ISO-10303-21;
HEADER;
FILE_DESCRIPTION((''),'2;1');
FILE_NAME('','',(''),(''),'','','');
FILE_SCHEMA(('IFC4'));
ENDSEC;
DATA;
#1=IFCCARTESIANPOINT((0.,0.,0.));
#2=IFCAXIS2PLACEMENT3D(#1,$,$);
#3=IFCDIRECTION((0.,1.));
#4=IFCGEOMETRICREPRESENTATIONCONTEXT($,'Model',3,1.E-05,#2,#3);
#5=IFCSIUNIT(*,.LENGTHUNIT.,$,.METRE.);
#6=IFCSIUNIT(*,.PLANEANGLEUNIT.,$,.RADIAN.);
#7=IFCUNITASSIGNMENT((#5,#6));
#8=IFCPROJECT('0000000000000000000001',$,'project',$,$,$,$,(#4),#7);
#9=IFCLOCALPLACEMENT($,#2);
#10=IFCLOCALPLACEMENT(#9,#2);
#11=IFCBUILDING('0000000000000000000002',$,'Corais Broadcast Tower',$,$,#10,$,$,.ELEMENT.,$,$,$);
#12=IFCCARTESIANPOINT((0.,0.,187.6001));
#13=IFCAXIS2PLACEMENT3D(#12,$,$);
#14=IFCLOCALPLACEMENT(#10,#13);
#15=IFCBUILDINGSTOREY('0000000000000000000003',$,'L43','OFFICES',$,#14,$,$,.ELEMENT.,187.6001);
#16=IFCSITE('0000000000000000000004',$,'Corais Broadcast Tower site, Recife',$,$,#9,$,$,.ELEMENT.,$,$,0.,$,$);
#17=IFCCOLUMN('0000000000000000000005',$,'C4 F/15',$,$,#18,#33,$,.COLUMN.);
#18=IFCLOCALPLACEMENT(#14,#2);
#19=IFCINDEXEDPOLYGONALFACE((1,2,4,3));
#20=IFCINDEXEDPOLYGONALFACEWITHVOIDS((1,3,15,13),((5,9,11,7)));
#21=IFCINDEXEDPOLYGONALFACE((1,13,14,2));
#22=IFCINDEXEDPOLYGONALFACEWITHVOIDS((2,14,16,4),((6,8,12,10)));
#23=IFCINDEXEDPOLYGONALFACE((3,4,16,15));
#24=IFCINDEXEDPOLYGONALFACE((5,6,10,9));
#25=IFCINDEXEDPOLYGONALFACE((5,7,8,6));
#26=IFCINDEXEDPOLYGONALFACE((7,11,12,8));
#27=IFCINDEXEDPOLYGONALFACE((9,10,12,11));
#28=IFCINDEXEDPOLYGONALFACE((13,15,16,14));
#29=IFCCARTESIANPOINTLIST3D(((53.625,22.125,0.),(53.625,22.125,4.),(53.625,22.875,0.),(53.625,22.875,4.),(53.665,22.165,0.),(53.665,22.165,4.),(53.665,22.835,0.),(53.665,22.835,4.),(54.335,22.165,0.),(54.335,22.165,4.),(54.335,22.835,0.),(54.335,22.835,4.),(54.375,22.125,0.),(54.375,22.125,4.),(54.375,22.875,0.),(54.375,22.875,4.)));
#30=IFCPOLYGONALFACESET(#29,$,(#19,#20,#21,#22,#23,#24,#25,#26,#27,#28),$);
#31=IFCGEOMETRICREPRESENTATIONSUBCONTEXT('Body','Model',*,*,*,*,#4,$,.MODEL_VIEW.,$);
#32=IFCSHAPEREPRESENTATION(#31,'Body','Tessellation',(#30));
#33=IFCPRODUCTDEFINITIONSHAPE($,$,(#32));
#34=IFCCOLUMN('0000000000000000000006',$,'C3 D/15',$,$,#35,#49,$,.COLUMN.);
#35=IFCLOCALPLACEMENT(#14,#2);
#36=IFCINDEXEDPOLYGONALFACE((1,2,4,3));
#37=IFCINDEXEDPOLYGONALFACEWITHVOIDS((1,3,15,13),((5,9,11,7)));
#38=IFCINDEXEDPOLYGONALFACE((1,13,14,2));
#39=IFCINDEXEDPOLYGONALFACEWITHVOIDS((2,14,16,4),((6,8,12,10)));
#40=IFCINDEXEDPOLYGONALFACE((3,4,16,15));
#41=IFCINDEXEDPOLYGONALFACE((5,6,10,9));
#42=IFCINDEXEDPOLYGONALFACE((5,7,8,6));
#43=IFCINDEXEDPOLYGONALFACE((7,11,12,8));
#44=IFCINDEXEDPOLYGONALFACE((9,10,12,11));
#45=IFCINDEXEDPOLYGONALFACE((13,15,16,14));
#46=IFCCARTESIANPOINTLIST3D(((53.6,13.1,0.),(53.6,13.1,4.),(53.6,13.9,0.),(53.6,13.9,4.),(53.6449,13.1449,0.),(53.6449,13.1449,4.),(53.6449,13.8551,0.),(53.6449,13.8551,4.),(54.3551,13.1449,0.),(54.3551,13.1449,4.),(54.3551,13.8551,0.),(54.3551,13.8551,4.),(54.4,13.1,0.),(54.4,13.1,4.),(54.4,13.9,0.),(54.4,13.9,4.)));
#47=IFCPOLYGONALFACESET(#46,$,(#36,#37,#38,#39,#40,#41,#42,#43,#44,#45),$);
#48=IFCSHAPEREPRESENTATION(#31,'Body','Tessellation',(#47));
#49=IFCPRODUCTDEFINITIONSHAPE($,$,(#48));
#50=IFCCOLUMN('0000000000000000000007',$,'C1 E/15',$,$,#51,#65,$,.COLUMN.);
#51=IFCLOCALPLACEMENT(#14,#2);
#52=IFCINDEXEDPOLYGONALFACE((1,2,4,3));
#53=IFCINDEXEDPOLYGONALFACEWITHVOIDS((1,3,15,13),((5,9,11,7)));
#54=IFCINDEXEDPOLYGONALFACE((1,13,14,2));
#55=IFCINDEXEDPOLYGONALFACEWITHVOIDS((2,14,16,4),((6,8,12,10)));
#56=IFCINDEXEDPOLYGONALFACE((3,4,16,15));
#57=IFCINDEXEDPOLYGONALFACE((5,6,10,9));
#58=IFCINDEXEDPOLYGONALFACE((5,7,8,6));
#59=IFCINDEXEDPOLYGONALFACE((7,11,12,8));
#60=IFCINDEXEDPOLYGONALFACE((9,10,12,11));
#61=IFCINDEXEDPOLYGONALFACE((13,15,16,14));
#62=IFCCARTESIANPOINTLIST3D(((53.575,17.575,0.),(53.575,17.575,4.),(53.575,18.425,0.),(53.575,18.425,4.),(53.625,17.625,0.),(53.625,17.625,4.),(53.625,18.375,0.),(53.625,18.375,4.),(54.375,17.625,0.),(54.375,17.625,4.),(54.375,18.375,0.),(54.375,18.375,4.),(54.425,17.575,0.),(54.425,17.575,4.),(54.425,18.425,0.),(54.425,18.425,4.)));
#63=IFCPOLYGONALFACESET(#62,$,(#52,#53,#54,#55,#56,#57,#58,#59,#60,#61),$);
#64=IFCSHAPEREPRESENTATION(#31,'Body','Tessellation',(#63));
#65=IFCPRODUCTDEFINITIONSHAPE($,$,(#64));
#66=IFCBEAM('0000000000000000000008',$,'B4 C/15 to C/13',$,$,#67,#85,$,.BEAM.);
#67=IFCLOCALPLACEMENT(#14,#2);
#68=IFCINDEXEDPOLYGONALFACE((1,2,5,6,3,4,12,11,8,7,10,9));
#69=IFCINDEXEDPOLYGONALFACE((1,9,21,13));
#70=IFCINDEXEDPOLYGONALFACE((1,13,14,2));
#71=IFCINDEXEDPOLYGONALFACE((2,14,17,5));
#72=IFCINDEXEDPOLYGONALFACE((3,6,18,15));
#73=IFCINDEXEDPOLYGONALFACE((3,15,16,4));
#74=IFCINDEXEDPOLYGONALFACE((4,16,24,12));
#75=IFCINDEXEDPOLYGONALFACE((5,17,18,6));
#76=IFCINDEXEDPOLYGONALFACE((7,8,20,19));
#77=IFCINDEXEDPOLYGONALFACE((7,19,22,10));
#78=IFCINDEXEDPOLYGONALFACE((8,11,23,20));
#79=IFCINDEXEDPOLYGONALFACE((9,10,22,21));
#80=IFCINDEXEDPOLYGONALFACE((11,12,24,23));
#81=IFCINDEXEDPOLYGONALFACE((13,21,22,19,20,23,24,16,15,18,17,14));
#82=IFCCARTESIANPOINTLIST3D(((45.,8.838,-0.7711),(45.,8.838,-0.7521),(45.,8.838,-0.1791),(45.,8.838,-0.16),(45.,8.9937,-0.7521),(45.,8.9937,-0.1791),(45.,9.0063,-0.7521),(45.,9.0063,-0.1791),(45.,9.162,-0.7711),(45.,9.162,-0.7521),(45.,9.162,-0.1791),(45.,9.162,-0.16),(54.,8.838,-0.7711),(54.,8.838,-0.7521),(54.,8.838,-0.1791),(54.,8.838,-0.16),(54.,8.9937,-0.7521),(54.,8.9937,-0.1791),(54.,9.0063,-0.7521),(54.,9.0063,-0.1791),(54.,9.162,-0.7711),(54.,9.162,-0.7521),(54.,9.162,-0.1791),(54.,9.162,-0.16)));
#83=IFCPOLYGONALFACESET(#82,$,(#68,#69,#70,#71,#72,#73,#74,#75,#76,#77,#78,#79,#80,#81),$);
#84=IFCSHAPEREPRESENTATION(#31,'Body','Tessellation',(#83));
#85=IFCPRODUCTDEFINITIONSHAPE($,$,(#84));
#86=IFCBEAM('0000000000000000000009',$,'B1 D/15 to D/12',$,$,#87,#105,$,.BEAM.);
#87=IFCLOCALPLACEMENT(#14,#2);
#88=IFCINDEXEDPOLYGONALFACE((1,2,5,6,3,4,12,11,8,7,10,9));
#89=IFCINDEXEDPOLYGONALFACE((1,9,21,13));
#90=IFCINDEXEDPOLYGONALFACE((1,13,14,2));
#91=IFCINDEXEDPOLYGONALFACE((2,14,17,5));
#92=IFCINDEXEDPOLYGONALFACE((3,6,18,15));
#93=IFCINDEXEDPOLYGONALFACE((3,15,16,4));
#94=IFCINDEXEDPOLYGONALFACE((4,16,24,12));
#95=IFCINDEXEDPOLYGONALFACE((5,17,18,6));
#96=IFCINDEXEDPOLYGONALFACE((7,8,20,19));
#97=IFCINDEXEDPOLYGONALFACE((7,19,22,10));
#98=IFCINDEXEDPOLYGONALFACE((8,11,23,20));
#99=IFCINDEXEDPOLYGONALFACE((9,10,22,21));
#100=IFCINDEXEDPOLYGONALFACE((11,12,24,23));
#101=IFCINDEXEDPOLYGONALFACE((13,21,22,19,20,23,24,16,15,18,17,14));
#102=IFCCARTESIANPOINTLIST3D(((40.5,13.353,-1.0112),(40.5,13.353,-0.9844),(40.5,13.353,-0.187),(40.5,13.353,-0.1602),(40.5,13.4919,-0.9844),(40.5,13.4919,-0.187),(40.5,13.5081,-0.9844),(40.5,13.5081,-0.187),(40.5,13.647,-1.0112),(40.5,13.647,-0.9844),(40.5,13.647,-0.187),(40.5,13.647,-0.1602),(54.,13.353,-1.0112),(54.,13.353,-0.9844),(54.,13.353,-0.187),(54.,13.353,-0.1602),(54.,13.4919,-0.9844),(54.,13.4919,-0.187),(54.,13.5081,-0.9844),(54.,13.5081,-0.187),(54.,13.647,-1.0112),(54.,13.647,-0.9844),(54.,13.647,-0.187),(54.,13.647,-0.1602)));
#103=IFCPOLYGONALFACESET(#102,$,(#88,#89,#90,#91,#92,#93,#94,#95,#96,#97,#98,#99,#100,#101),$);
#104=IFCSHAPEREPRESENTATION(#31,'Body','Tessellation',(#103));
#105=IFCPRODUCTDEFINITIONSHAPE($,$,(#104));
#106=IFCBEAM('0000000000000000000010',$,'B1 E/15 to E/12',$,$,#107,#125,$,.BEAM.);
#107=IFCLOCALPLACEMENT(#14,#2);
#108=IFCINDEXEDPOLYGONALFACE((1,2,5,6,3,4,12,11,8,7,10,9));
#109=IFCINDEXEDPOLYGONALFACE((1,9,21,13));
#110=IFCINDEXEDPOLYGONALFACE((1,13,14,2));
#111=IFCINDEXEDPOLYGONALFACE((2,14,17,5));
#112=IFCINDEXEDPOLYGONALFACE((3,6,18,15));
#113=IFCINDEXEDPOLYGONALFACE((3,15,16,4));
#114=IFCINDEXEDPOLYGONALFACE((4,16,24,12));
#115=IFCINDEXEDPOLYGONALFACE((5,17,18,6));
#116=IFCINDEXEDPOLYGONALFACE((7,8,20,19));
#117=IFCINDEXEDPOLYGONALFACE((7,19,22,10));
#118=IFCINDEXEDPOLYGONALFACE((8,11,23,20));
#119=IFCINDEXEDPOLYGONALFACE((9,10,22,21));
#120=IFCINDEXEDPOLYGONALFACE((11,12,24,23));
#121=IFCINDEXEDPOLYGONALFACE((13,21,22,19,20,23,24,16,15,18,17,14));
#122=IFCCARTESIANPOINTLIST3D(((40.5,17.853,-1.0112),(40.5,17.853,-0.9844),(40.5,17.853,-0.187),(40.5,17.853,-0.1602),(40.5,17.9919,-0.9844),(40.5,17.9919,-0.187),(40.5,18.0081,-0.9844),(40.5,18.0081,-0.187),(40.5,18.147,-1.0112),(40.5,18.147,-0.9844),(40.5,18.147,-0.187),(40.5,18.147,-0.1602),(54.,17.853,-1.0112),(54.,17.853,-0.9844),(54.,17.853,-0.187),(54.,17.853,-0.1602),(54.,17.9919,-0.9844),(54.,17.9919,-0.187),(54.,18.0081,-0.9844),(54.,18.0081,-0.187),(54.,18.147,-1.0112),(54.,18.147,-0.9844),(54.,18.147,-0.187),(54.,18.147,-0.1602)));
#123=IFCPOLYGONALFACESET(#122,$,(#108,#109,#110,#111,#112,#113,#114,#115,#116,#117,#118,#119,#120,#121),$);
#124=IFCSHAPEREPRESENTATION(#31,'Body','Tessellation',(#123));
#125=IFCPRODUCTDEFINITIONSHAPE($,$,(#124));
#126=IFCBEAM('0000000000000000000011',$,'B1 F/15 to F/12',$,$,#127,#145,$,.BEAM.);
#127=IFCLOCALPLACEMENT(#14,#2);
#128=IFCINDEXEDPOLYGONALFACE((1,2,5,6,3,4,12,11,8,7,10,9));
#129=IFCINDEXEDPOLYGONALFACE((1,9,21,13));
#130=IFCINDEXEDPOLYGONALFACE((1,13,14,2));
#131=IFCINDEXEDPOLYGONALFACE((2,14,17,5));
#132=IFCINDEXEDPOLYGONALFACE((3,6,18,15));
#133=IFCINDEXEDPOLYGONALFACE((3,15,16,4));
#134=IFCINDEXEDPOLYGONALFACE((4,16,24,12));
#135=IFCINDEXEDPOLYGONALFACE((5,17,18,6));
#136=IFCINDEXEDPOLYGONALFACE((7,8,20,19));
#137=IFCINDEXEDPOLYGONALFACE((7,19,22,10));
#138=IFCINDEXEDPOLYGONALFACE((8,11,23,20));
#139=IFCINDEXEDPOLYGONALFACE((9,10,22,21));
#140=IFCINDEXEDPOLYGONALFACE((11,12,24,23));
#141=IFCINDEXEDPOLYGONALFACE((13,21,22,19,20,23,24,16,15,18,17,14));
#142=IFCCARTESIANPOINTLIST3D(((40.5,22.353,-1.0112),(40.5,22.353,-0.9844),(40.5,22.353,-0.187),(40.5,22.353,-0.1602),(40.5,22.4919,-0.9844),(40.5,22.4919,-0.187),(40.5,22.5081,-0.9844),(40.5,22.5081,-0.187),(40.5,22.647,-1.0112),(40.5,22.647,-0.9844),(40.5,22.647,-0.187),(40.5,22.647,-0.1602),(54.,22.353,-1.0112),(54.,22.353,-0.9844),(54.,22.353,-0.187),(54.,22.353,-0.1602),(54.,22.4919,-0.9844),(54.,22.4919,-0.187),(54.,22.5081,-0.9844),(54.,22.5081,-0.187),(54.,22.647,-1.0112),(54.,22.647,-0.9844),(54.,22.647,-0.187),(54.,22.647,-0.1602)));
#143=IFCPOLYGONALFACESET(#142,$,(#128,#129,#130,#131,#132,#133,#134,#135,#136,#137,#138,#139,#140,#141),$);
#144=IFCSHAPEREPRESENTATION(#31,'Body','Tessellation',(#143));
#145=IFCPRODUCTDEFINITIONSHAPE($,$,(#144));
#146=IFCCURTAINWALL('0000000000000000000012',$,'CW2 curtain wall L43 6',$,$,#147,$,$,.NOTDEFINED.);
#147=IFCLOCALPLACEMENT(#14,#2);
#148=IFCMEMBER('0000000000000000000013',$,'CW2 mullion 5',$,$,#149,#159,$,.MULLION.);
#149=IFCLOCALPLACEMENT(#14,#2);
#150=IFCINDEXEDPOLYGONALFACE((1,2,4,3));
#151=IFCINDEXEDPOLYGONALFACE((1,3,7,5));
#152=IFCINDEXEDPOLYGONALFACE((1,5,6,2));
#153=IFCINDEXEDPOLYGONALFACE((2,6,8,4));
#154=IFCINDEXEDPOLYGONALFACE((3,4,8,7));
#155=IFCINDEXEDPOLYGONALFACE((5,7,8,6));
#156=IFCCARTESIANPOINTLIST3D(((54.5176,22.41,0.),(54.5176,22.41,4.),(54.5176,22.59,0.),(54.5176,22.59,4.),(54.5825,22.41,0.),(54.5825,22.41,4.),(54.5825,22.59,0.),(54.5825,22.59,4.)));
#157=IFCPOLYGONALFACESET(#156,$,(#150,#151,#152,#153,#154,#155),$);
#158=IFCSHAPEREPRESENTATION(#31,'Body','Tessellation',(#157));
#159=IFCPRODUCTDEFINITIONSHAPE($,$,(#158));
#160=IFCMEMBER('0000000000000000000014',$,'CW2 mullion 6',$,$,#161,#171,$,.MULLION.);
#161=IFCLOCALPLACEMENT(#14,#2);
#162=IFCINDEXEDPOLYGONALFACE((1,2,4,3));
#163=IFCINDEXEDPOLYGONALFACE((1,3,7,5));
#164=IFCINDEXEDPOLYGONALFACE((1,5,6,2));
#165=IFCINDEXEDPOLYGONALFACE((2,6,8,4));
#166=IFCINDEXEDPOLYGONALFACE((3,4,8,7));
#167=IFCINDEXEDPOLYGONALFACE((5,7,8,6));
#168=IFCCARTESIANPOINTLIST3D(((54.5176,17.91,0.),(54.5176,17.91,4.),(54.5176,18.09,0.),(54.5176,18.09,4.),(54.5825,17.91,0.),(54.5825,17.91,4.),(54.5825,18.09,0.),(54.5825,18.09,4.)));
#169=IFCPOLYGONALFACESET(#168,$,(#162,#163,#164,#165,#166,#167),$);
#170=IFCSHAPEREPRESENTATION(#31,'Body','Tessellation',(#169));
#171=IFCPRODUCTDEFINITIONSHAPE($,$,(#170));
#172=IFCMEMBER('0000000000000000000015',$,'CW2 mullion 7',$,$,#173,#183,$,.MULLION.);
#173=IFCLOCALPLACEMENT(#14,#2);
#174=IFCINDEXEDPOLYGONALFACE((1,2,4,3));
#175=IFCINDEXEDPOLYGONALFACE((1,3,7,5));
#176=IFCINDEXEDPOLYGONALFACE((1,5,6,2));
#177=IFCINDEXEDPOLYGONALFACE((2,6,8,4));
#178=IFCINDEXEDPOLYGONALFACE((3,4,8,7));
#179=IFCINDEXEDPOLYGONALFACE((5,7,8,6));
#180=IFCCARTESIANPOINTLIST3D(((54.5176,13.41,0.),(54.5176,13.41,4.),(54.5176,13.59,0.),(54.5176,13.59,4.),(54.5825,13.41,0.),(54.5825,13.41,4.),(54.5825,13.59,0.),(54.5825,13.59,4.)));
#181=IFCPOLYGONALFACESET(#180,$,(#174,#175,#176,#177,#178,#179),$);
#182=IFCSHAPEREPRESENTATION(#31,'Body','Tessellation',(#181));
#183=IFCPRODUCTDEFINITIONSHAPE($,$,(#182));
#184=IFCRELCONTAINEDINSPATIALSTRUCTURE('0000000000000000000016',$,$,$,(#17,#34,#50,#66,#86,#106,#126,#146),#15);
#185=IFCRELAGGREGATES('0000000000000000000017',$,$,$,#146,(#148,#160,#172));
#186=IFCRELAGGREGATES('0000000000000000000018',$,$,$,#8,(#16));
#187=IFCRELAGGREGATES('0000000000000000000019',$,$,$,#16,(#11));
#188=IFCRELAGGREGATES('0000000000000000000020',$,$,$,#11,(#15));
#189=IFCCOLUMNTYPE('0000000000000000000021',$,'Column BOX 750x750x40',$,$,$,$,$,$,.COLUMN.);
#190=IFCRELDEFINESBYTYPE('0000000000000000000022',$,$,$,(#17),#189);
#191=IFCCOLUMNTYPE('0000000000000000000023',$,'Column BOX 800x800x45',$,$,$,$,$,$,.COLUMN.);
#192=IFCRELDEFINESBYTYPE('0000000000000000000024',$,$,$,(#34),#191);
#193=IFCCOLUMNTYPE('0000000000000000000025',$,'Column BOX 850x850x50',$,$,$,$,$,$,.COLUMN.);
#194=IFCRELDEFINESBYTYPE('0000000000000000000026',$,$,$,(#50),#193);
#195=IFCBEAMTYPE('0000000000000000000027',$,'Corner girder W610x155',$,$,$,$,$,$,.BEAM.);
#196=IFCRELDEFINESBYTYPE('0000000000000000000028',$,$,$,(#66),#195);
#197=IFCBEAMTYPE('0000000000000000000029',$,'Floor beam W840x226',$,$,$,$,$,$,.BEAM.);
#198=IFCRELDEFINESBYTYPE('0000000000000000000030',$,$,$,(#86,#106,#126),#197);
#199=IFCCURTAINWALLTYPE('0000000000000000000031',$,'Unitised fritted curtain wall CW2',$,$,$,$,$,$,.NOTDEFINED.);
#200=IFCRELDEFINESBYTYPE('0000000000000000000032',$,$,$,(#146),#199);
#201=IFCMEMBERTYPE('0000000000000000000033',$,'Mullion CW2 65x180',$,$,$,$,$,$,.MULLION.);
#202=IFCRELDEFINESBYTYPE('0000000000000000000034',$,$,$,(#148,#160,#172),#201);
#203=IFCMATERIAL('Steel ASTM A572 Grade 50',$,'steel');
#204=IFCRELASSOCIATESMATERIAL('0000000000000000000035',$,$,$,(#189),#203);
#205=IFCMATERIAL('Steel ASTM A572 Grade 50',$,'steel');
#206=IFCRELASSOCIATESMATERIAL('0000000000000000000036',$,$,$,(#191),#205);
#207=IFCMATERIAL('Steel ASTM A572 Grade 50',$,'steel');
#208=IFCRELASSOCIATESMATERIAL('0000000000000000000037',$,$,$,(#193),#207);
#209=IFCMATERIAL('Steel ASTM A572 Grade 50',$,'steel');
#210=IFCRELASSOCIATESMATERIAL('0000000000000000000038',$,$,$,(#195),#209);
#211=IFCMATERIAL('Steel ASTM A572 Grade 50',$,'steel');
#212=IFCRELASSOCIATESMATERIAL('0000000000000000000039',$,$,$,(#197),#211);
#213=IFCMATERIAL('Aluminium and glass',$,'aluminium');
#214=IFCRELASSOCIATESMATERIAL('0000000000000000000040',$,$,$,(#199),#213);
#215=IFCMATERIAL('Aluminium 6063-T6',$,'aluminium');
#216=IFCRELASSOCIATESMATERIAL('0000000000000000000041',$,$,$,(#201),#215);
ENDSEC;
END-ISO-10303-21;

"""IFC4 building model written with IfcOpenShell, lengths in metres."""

from ifc_helpers import new_model, si_unit, direction, frame, origin, origin_2d, place, context, subcontext, project, spatial, rectangle, hollow_rectangle, i_section, extrude, material, material_profile, profile_set, type_object, element, aggregate, save


model = new_model("IFC4")

# Units and contexts
model_context = context("Model", 3, precision=1e-05, world=origin(), true_north=direction((0.0, 1.0)))
body_context = subcontext(model_context, "Body", "Model", "MODEL_VIEW")
ifc_project = project(units=[si_unit("LENGTHUNIT", "METRE"), si_unit("PLANEANGLEUNIT", "RADIAN")], contexts=[model_context])

# Site, building, storey
site_placement = place(None, origin())
site = spatial("IfcSite", under=ifc_project, at=site_placement, Name="Corais Broadcast Tower site, Recife", CompositionType="ELEMENT", RefElevation=0.0)
building_placement = place(site_placement, origin())
building = spatial("IfcBuilding", under=site, at=building_placement, Name="Corais Broadcast Tower", CompositionType="ELEMENT")
storey_placement = place(building_placement, frame((0.0, 0.0, 187.6001)))
storey = spatial("IfcBuildingStorey", under=building, at=storey_placement, Name="L43", Description="OFFICES", CompositionType="ELEMENT", Elevation=187.6001)

# Columns
ifc_material_1 = material(Name="Steel ASTM A572 Grade 50", Category="steel")
ifc_material_profile_1 = material_profile(ifc_material_1, hollow_rectangle(XDim=0.75, YDim=0.75, WallThickness=0.04, at=origin_2d()), Name="BOX 750x750x40")
ifc_profile_set_1 = profile_set([ifc_material_profile_1], Name="Steel ASTM A572 Grade 50")
column_type_1 = type_object("IfcColumnType", Name="Column BOX 750x750x40", PredefinedType="COLUMN", material=ifc_profile_set_1)
column_1_placement = place(storey_placement, frame((54.0, 22.5, 0.0), z_axis=(0.0, 0.0, 1.0), x_axis=(1.0, 0.0, 0.0)))
element("IfcColumn", 1, at=column_1_placement, inside=storey, type_object=column_type_1, Name="C4 F/15", PredefinedType="COLUMN", context=body_context, shape_type="SweptSolid", body=[
    extrude(hollow_rectangle(XDim=0.75, YDim=0.75, WallThickness=0.04, at=origin_2d()), origin(), (0.0, 0.0, 1.0), 4.0),
])
ifc_material_2 = material(Name="Steel ASTM A572 Grade 50", Category="steel")
ifc_material_profile_2 = material_profile(ifc_material_2, hollow_rectangle(XDim=0.8, YDim=0.8, WallThickness=0.0449, at=origin_2d()), Name="BOX 800x800x45")
ifc_profile_set_2 = profile_set([ifc_material_profile_2], Name="Steel ASTM A572 Grade 50")
column_type_2 = type_object("IfcColumnType", Name="Column BOX 800x800x45", PredefinedType="COLUMN", material=ifc_profile_set_2)
column_2_placement = place(storey_placement, frame((54.0, 13.5, 0.0), z_axis=(0.0, 0.0, 1.0), x_axis=(1.0, 0.0, 0.0)))
element("IfcColumn", 2, at=column_2_placement, inside=storey, type_object=column_type_2, Name="C3 D/15", PredefinedType="COLUMN", context=body_context, shape_type="SweptSolid", body=[
    extrude(hollow_rectangle(XDim=0.8, YDim=0.8, WallThickness=0.0449, at=origin_2d()), origin(), (0.0, 0.0, 1.0), 4.0),
])
ifc_material_3 = material(Name="Steel ASTM A572 Grade 50", Category="steel")
ifc_material_profile_3 = material_profile(ifc_material_3, hollow_rectangle(XDim=0.8501, YDim=0.8501, WallThickness=0.05, at=origin_2d()), Name="BOX 850x850x50")
ifc_profile_set_3 = profile_set([ifc_material_profile_3], Name="Steel ASTM A572 Grade 50")
column_type_3 = type_object("IfcColumnType", Name="Column BOX 850x850x50", PredefinedType="COLUMN", material=ifc_profile_set_3)
column_3_placement = place(storey_placement, frame((54.0, 18.0, 0.0), z_axis=(0.0, 0.0, 1.0), x_axis=(1.0, 0.0, 0.0)))
element("IfcColumn", 3, at=column_3_placement, inside=storey, type_object=column_type_3, Name="C1 E/15", PredefinedType="COLUMN", context=body_context, shape_type="SweptSolid", body=[
    extrude(hollow_rectangle(XDim=0.8501, YDim=0.8501, WallThickness=0.05, at=origin_2d()), origin(), (0.0, 0.0, 1.0), 4.0),
])

# Beams
ifc_material_4 = material(Name="Steel ASTM A572 Grade 50", Category="steel")
ifc_material_profile_4 = material_profile(ifc_material_4, i_section(OverallWidth=0.324, OverallDepth=0.6111, WebThickness=0.0127, FlangeThickness=0.019, at=origin_2d()), Name="W610x155")
ifc_profile_set_4 = profile_set([ifc_material_profile_4], Name="Steel ASTM A572 Grade 50")
beam_type_1 = type_object("IfcBeamType", Name="Corner girder W610x155", PredefinedType="BEAM", material=ifc_profile_set_4)
beam_1_placement = place(storey_placement, frame((54.0, 9.0, -0.4656), z_axis=(-1.0, 0.0, 0.0), x_axis=(0.0, -1.0, 0.0)))
element("IfcBeam", 4, at=beam_1_placement, inside=storey, type_object=beam_type_1, Name="B4 C/15 to C/13", PredefinedType="BEAM", context=body_context, shape_type="SweptSolid", body=[
    extrude(i_section(OverallWidth=0.324, OverallDepth=0.6111, WebThickness=0.0127, FlangeThickness=0.019, at=origin_2d()), origin(), (0.0, 0.0, 1.0), 9.0),
])
ifc_material_5 = material(Name="Steel ASTM A572 Grade 50", Category="steel")
ifc_material_profile_5 = material_profile(ifc_material_5, i_section(OverallWidth=0.2939, OverallDepth=0.8511, WebThickness=0.0161, FlangeThickness=0.0269, at=origin_2d()), Name="W840x226")
ifc_profile_set_5 = profile_set([ifc_material_profile_5], Name="Steel ASTM A572 Grade 50")
beam_type_2 = type_object("IfcBeamType", Name="Floor beam W840x226", PredefinedType="BEAM", material=ifc_profile_set_5)
for number, where, z_axis, x_axis, name in (
    (5, (54.0, 13.5, -0.5857), (-1.0, 0.0, 0.0), (0.0, -1.0, 0.0), "B1 D/15 to D/12"),
    (6, (54.0, 18.0, -0.5857), (-1.0, 0.0, 0.0), (0.0, -1.0, 0.0), "B1 E/15 to E/12"),
    (7, (54.0, 22.5, -0.5857), (-1.0, 0.0, 0.0), (0.0, -1.0, 0.0), "B1 F/15 to F/12"),
):
    element("IfcBeam", number, at=place(storey_placement, frame(where, z_axis=z_axis, x_axis=x_axis)), inside=storey, type_object=beam_type_2, Name=name, PredefinedType="BEAM", context=body_context, shape_type="SweptSolid", body=[
        extrude(i_section(OverallWidth=0.2939, OverallDepth=0.8511, WebThickness=0.0161, FlangeThickness=0.0269, at=origin_2d()), origin(), (0.0, 0.0, 1.0), 13.5),
    ])

# Curtain wall, members
ifc_material_6 = material(Name="Aluminium and glass", Category="aluminium")
curtain_wall_type = type_object("IfcCurtainWallType", Name="Unitised fritted curtain wall CW2", PredefinedType="NOTDEFINED", material=ifc_material_6)
curtain_wall_placement = place(storey_placement, origin())
curtain_wall = element("IfcCurtainWall", 8, at=curtain_wall_placement, inside=storey, type_object=curtain_wall_type, Name="CW2 curtain wall L43 6", PredefinedType="NOTDEFINED")
ifc_material_7 = material(Name="Aluminium 6063-T6", Category="aluminium")
ifc_material_profile_6 = material_profile(ifc_material_7, rectangle(XDim=0.0649, YDim=0.1799, at=origin_2d()), Name="Mullion CW2 65x180")
ifc_profile_set_6 = profile_set([ifc_material_profile_6], Name="Aluminium 6063-T6")
member_type_1 = type_object("IfcMemberType", Name="Mullion CW2 65x180", PredefinedType="MULLION", material=ifc_profile_set_6)
member_1_placement = place(storey_placement, frame((54.55, 22.5, 0.0), z_axis=(0.0, 0.0, 1.0), x_axis=(1.0, 0.0, 0.0)))
member_1 = element("IfcMember", 9, at=member_1_placement, type_object=member_type_1, Name="CW2 mullion 5", PredefinedType="MULLION", context=body_context, shape_type="SweptSolid", body=[
    extrude(rectangle(XDim=0.0649, YDim=0.1799, at=origin_2d()), origin(), (0.0, 0.0, 1.0), 4.0),
])
member_2_placement = place(storey_placement, frame((54.55, 18.0, 0.0), z_axis=(0.0, 0.0, 1.0), x_axis=(1.0, 0.0, 0.0)))
member_2 = element("IfcMember", 10, at=member_2_placement, type_object=member_type_1, Name="CW2 mullion 6", PredefinedType="MULLION", context=body_context, shape_type="SweptSolid", body=[
    extrude(rectangle(XDim=0.0649, YDim=0.1799, at=origin_2d()), origin(), (0.0, 0.0, 1.0), 4.0),
])
member_3_placement = place(storey_placement, frame((54.55, 13.5, 0.0), z_axis=(0.0, 0.0, 1.0), x_axis=(1.0, 0.0, 0.0)))
member_3 = element("IfcMember", 11, at=member_3_placement, type_object=member_type_1, Name="CW2 mullion 7", PredefinedType="MULLION", context=body_context, shape_type="SweptSolid", body=[
    extrude(rectangle(XDim=0.0649, YDim=0.1799, at=origin_2d()), origin(), (0.0, 0.0, 1.0), 4.0),
])

aggregate(curtain_wall, [member_1, member_2, member_3])

save(model, "model.ifc")
